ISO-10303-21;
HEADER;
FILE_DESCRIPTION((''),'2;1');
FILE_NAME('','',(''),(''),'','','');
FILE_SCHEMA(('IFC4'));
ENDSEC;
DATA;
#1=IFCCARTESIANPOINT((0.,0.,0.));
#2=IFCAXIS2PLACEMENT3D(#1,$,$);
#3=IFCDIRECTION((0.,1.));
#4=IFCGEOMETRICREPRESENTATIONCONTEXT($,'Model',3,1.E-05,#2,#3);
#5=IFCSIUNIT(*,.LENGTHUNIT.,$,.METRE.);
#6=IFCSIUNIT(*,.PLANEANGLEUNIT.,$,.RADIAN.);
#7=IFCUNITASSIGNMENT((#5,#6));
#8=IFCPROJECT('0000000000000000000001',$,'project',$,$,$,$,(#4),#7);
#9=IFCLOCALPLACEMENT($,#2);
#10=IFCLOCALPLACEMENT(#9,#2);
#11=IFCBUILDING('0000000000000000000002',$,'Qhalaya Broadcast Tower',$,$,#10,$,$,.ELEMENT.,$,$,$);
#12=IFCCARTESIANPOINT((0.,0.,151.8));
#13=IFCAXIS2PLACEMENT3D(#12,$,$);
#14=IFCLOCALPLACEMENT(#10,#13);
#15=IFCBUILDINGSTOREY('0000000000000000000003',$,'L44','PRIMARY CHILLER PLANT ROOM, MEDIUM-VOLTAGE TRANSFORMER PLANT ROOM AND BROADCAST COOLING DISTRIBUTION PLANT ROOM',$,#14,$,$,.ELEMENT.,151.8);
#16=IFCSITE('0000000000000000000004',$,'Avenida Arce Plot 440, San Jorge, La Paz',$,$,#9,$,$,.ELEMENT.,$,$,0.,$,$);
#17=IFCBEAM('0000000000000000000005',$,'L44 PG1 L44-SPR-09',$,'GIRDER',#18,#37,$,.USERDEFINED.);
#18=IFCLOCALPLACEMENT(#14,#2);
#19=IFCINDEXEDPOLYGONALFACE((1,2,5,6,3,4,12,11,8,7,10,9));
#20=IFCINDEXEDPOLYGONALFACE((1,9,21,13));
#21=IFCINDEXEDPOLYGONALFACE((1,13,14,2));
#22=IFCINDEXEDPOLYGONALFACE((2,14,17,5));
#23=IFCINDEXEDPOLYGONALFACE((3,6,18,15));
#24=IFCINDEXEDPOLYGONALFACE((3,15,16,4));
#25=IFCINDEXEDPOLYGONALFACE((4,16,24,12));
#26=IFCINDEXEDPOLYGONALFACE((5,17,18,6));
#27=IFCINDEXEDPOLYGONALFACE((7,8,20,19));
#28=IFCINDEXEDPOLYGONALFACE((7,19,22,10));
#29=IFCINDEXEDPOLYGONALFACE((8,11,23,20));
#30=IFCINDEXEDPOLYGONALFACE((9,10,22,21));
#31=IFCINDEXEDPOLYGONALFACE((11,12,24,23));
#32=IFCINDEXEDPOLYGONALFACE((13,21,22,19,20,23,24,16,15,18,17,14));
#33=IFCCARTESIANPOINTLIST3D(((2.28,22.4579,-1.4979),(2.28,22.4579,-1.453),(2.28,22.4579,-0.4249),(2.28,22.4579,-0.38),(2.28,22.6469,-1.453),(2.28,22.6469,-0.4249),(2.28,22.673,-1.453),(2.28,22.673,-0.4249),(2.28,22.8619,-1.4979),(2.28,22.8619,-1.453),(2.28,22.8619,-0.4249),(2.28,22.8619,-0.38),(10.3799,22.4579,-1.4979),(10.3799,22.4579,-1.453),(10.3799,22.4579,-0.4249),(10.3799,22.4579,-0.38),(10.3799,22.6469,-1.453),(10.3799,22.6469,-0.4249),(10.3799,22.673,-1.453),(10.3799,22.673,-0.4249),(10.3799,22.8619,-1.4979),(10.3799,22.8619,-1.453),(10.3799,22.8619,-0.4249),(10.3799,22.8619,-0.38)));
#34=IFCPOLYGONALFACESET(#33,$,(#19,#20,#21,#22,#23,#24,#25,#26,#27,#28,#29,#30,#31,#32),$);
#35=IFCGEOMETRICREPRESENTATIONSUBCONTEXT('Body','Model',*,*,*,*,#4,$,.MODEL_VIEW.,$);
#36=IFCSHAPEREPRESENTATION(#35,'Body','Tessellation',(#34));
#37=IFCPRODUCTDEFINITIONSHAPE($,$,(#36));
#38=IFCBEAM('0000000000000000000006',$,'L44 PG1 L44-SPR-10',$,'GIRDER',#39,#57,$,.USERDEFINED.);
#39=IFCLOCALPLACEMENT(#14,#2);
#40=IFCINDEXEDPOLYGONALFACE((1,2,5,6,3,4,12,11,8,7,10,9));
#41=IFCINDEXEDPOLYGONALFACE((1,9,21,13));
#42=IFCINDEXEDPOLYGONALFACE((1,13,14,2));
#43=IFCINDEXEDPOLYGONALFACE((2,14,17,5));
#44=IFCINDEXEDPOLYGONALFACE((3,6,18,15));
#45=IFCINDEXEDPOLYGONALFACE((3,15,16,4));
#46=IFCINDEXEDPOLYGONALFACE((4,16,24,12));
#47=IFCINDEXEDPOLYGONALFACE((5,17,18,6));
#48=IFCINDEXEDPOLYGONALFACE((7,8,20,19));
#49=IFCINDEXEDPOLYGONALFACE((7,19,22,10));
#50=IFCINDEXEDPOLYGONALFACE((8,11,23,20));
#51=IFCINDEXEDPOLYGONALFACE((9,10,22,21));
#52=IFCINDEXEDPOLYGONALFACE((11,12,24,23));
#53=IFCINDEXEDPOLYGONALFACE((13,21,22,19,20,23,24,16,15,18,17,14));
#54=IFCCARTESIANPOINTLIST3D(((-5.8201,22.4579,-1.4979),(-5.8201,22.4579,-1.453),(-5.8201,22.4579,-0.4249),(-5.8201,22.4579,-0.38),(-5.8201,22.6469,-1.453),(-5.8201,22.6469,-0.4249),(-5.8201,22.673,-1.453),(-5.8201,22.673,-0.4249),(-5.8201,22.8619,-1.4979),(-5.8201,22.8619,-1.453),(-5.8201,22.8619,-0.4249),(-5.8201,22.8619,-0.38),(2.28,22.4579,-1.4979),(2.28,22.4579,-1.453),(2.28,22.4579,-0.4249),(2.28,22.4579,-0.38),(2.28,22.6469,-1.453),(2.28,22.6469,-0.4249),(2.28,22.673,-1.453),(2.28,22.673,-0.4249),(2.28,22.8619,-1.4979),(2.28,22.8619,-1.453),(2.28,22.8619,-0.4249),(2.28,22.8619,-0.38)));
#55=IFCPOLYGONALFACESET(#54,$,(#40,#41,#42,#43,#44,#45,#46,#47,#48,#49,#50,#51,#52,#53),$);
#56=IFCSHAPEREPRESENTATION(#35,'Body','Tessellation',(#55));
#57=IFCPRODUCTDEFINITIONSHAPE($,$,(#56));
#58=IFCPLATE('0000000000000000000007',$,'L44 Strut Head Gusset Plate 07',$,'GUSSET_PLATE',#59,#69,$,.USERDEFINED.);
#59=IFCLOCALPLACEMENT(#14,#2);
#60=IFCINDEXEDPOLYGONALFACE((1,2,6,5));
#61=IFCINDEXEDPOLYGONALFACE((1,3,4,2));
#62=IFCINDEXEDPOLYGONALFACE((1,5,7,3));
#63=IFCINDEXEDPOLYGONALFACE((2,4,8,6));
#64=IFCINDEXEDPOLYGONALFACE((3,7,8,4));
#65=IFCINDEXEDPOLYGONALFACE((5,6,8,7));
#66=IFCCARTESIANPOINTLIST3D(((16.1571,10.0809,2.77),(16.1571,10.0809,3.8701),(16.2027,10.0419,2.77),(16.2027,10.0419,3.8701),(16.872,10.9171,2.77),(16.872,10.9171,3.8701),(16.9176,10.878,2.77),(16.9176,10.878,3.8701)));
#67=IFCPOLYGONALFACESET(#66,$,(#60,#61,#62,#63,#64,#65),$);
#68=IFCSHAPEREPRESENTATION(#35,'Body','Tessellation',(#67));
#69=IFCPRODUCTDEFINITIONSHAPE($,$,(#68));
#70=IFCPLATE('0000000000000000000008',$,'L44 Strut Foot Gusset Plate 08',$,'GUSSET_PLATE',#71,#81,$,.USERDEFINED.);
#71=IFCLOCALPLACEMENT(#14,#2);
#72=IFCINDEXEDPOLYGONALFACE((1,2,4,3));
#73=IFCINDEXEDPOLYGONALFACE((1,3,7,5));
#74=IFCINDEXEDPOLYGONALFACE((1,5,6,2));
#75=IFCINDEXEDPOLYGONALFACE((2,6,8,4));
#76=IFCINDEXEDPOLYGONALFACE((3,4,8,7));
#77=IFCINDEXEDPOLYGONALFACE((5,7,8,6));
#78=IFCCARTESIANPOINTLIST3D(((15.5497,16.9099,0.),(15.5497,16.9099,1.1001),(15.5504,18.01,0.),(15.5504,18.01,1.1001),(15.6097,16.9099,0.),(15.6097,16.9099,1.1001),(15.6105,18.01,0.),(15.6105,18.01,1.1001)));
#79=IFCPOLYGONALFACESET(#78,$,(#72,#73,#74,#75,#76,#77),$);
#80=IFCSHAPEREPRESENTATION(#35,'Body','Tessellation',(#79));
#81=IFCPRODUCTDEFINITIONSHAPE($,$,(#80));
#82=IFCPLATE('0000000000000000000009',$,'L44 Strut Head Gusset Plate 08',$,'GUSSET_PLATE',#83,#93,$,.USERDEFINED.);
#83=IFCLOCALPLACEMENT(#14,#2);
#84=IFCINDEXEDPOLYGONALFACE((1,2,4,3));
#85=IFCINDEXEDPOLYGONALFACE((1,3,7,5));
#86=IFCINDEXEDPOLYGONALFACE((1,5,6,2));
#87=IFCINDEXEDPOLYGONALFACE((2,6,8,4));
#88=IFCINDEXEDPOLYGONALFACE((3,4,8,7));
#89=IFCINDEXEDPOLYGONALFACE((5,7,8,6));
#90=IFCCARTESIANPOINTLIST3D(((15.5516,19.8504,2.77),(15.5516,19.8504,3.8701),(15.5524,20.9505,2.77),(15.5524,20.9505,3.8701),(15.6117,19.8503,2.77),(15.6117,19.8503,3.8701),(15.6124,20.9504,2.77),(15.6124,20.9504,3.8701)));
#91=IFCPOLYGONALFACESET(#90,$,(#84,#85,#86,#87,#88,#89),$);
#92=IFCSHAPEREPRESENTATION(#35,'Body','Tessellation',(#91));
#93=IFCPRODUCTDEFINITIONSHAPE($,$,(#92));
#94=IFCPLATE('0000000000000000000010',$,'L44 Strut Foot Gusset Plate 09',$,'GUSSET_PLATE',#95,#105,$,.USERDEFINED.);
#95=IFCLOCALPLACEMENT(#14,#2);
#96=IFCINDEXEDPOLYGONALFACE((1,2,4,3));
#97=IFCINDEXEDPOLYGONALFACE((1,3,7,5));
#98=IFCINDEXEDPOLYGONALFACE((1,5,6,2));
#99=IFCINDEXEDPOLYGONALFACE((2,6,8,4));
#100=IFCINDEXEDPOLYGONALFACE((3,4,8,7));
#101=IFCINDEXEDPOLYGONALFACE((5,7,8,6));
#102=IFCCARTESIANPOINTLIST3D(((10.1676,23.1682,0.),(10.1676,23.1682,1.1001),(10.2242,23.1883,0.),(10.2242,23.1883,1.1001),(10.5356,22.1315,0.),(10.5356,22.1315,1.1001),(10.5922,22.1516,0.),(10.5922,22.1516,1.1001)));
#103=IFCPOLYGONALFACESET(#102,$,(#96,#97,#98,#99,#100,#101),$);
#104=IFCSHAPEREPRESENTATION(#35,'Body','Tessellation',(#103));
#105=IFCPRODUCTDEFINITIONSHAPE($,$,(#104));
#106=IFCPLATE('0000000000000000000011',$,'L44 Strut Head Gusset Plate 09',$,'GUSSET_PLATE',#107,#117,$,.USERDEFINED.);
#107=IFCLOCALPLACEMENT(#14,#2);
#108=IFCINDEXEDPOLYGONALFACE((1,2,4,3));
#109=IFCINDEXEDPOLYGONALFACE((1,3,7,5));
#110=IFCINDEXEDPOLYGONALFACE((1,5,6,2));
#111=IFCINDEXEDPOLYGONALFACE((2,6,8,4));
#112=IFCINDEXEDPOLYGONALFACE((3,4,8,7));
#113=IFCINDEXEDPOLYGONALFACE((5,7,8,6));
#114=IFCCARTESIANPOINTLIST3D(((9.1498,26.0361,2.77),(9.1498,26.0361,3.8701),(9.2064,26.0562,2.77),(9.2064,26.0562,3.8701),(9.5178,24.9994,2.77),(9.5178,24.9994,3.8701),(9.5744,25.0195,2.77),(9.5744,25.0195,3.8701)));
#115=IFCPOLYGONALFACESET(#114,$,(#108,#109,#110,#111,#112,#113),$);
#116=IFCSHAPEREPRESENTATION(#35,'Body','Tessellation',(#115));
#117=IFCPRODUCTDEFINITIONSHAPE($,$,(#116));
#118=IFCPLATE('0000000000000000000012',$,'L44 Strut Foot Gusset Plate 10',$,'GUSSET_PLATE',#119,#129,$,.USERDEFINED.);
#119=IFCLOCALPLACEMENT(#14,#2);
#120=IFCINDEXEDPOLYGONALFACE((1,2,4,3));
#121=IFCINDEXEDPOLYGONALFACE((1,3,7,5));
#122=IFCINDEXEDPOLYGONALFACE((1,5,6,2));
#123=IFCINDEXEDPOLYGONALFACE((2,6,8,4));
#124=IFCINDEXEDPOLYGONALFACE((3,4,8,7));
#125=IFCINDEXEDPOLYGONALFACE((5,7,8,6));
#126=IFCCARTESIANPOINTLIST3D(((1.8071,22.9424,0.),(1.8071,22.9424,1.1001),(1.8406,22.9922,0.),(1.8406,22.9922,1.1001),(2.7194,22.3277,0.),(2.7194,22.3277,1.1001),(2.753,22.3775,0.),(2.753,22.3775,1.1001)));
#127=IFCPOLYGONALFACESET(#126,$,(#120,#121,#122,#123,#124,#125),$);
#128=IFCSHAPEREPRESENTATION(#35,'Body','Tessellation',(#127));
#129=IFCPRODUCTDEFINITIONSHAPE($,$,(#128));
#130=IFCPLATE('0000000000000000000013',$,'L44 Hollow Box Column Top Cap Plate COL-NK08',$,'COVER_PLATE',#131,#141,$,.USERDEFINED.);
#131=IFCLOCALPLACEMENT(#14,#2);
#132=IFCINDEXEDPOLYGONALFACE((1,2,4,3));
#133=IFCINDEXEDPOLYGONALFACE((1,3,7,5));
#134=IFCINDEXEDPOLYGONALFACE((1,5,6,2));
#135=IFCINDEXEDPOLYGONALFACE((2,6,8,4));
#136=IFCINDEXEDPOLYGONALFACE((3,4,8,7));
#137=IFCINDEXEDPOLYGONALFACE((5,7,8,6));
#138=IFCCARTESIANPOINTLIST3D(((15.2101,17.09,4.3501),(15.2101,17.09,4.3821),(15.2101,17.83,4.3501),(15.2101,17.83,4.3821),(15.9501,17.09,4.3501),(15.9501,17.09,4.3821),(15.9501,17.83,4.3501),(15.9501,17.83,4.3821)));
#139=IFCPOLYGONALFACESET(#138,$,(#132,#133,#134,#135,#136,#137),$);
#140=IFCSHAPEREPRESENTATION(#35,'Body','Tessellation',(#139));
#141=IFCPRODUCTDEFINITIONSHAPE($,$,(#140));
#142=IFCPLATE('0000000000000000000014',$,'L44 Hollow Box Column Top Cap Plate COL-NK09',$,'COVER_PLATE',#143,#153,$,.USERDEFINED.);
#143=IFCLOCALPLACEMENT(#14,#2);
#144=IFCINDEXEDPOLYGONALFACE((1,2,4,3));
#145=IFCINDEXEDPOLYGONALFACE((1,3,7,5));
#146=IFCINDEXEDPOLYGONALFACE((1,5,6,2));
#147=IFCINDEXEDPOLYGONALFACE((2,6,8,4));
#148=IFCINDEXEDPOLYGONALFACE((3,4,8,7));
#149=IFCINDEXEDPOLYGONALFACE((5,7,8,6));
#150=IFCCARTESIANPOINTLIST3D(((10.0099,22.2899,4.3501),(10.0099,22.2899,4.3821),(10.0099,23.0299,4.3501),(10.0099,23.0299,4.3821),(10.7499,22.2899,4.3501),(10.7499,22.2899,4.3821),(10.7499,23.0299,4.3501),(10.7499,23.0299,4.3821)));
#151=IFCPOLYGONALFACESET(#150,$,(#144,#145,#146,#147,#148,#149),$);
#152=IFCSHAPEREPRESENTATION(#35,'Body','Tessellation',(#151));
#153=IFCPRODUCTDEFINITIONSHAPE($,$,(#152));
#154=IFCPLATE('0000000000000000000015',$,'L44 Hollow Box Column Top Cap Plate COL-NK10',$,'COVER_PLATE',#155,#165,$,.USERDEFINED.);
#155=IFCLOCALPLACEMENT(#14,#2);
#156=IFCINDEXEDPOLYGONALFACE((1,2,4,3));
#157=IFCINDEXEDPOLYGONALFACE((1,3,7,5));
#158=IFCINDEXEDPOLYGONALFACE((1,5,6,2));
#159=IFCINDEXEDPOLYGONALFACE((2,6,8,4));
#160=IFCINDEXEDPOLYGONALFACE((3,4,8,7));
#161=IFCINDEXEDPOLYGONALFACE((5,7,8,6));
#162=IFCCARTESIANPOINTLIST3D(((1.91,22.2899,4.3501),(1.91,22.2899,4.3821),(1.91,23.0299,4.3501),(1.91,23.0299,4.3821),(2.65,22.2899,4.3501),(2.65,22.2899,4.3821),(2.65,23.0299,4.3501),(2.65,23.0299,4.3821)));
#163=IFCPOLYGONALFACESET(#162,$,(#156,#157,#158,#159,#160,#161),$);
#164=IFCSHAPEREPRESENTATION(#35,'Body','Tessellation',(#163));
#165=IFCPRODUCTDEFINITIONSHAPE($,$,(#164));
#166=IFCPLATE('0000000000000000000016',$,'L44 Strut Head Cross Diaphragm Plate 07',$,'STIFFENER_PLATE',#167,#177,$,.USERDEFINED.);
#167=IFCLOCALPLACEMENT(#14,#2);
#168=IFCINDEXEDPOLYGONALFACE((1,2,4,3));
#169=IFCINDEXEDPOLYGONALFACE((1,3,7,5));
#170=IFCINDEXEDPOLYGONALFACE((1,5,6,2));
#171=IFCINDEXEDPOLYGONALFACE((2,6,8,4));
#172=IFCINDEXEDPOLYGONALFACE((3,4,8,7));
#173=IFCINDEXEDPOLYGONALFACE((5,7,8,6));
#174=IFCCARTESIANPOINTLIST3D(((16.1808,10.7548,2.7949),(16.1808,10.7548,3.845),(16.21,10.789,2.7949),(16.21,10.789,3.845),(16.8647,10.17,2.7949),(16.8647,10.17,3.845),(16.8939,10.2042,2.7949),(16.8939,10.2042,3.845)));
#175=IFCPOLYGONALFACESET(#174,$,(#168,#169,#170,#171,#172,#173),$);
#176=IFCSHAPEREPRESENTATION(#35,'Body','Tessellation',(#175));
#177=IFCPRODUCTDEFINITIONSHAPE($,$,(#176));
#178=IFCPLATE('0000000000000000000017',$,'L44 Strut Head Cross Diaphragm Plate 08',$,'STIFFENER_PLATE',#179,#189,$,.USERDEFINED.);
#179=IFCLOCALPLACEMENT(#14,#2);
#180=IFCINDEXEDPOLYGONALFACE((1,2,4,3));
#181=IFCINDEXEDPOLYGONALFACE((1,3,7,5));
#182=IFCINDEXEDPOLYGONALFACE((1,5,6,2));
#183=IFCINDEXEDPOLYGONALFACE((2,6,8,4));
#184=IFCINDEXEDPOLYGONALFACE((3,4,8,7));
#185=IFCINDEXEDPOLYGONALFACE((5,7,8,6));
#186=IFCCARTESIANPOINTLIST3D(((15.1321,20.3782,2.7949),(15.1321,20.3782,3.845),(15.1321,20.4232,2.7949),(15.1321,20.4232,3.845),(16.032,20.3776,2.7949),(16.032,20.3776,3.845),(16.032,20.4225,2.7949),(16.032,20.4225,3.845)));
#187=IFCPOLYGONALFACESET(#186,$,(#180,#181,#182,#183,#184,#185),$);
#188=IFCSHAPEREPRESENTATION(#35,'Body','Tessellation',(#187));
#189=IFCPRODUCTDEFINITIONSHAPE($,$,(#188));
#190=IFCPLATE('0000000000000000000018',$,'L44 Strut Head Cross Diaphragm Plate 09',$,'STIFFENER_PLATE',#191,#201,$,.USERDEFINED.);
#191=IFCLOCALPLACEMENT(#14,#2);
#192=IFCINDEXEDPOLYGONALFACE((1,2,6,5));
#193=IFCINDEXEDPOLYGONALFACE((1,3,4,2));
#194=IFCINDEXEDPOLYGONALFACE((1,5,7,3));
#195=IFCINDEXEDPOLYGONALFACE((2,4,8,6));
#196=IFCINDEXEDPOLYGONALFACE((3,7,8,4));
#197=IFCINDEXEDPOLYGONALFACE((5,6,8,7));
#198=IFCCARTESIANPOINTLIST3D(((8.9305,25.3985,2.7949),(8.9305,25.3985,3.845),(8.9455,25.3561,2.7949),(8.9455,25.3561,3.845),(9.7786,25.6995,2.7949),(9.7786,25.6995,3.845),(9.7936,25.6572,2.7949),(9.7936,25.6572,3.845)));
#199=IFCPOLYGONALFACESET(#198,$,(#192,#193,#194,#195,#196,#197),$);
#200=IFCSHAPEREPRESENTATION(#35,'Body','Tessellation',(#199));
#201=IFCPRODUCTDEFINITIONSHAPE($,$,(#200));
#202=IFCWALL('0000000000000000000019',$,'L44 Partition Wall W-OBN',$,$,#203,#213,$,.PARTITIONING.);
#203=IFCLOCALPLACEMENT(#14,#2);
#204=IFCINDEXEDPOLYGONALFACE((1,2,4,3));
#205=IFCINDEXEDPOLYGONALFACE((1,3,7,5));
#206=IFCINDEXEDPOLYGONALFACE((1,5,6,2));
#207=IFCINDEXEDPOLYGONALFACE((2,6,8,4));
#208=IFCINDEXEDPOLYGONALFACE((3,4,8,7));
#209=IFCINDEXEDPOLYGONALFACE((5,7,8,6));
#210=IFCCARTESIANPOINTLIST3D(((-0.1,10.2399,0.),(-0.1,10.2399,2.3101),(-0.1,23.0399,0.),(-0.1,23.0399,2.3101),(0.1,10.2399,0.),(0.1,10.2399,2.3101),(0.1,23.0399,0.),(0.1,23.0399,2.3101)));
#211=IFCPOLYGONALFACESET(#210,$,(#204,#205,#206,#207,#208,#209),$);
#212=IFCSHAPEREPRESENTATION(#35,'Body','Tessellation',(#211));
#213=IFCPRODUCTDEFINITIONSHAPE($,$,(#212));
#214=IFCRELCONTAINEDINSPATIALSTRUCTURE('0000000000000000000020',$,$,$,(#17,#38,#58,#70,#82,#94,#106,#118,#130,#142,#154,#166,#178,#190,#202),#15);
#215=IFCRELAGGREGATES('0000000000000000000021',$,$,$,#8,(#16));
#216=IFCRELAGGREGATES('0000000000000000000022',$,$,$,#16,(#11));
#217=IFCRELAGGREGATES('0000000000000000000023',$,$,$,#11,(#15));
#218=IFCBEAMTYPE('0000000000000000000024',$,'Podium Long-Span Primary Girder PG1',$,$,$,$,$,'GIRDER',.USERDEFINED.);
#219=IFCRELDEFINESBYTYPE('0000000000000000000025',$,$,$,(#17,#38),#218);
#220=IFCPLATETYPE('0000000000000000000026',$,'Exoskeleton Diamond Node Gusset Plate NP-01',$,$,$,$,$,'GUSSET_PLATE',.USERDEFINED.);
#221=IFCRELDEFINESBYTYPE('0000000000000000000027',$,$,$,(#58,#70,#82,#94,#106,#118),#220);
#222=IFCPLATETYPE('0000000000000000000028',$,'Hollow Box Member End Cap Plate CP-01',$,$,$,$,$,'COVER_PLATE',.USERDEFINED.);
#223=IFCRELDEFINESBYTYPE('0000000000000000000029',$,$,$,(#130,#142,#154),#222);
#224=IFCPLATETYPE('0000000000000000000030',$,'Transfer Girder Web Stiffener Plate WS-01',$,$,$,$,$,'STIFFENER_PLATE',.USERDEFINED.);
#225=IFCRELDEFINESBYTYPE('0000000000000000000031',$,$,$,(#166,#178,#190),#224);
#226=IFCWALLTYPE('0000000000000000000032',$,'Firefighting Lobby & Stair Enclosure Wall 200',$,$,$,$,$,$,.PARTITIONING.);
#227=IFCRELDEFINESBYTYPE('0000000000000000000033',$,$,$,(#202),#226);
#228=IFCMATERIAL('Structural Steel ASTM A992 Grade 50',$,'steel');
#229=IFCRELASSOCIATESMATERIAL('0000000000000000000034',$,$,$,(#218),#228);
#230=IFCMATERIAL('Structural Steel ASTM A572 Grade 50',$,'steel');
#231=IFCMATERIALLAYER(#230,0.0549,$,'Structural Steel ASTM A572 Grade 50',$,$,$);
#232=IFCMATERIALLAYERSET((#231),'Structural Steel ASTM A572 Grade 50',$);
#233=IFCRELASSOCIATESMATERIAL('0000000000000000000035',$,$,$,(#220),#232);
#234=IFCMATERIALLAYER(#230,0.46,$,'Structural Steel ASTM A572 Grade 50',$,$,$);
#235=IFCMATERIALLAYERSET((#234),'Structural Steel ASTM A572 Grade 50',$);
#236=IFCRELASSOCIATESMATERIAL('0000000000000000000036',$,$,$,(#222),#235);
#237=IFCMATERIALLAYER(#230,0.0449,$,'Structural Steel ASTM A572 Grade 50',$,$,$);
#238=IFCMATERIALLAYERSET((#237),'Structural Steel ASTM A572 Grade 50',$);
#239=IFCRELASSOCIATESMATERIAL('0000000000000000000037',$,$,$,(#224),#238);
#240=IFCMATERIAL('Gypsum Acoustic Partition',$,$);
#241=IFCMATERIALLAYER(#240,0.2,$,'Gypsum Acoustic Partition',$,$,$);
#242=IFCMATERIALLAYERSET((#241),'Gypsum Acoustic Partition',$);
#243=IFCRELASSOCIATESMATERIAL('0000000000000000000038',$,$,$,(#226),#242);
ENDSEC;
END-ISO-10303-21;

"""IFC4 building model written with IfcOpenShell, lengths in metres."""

from ifc_helpers import new_model, si_unit, direction, frame, frame_2d, origin, origin_2d, place, context, subcontext, project, spatial, rectangle, i_section, extrude, material, layer, layer_set, material_profile, profile_set, type_object, element, save


model = new_model("IFC4")

# Units and contexts
model_context = context("Model", 3, precision=1e-05, world=origin(), true_north=direction((0.0, 1.0)))
body_context = subcontext(model_context, "Body", "Model", "MODEL_VIEW")
ifc_project = project(units=[si_unit("LENGTHUNIT", "METRE"), si_unit("PLANEANGLEUNIT", "RADIAN")], contexts=[model_context])

# Site, building, storey
site_placement = place(None, origin())
site = spatial("IfcSite", under=ifc_project, at=site_placement, Name="Avenida Arce Plot 440, San Jorge, La Paz", CompositionType="ELEMENT", RefElevation=0.0)
building_placement = place(site_placement, origin())
building = spatial("IfcBuilding", under=site, at=building_placement, Name="Qhalaya Broadcast Tower", CompositionType="ELEMENT")
storey_placement = place(building_placement, frame((0.0, 0.0, 151.8)))
storey = spatial("IfcBuildingStorey", under=building, at=storey_placement, Name="L44", Description="PRIMARY CHILLER PLANT ROOM, MEDIUM-VOLTAGE TRANSFORMER PLANT ROOM AND BROADCAST COOLING DISTRIBUTION PLANT ROOM", CompositionType="ELEMENT", Elevation=151.8)

# Shared definitions
ifc_material_1 = material(Name="Structural Steel ASTM A572 Grade 50", Category="steel")

# Beams
ifc_material_2 = material(Name="Structural Steel ASTM A992 Grade 50", Category="steel")
ifc_material_profile_1 = material_profile(ifc_material_2, i_section(OverallWidth=0.4041, OverallDepth=1.1179, WebThickness=0.0261, FlangeThickness=0.0449, at=origin_2d()), Name="W44X335")
ifc_profile_set_1 = profile_set([ifc_material_profile_1], Name="Structural Steel ASTM A992 Grade 50")
beam_type_1 = type_object("IfcBeamType", Name="Podium Long-Span Primary Girder PG1", ElementType="GIRDER", PredefinedType="USERDEFINED", material=ifc_profile_set_1)
beam_1_placement = place(storey_placement, frame((10.3799, 22.6599, -0.939), z_axis=(-1.0, 0.0, 0.0), x_axis=(0.0, -1.0, 0.0)))
element("IfcBeam", 1, at=beam_1_placement, inside=storey, type_object=beam_type_1, Name="L44 PG1 L44-SPR-09", ObjectType="GIRDER", PredefinedType="USERDEFINED", context=body_context, shape_type="SweptSolid", body=[
    extrude(i_section(OverallWidth=0.4041, OverallDepth=1.1179, WebThickness=0.0261, FlangeThickness=0.0449, at=origin_2d()), origin(), (0.0, 0.0, 1.0), 8.0999),
])
beam_2_placement = place(storey_placement, frame((2.28, 22.6599, -0.939), z_axis=(-1.0, 0.0, 0.0), x_axis=(0.0, -1.0, 0.0)))
element("IfcBeam", 2, at=beam_2_placement, inside=storey, type_object=beam_type_1, Name="L44 PG1 L44-SPR-10", ObjectType="GIRDER", PredefinedType="USERDEFINED", context=body_context, shape_type="SweptSolid", body=[
    extrude(i_section(OverallWidth=0.4041, OverallDepth=1.1179, WebThickness=0.0261, FlangeThickness=0.0449, at=origin_2d()), origin(), (0.0, 0.0, 1.0), 8.1001),
])

# Plates
ifc_layer_1 = layer(ifc_material_1, 0.0549, Name="Structural Steel ASTM A572 Grade 50")
ifc_layer_set_1 = layer_set([ifc_layer_1], Name="Structural Steel ASTM A572 Grade 50")
plate_type_1 = type_object("IfcPlateType", Name="Exoskeleton Diamond Node Gusset Plate NP-01", ElementType="GUSSET_PLATE", PredefinedType="USERDEFINED", material=ifc_layer_set_1)
for number, where, z_axis, x_axis, name in (
    (3, (16.5374, 10.4795, 2.77), (0.0, 0.0, 1.0), (0.649873, 0.760043, 0.0), "L44 Strut Head Gusset Plate 07"),
    (4, (15.5801, 17.46, 0.0), (0.0, 0.0, 1.0), (0.000681, 1.0, 0.0), "L44 Strut Foot Gusset Plate 08"),
    (5, (15.582, 20.4004, 2.77), (0.0, 0.0, 1.0), (0.000681, 1.0, 0.0), "L44 Strut Head Gusset Plate 08"),
    (6, (10.3799, 22.6599, 0.0), (0.0, 0.0, 1.0), (-0.334531, 0.942385, 0.0), "L44 Strut Foot Gusset Plate 09"),
    (7, (9.3621, 25.5278, 2.77), (0.0, 0.0, 1.0), (-0.334531, 0.942385, 0.0), "L44 Strut Head Gusset Plate 09"),
    (8, (2.28, 22.6599, 0.0), (0.0, 0.0, 1.0), (-0.82933, 0.558759, 0.0), "L44 Strut Foot Gusset Plate 10"),
):
    element("IfcPlate", number, at=place(storey_placement, frame(where, z_axis=z_axis, x_axis=x_axis)), inside=storey, type_object=plate_type_1, Name=name, ObjectType="GUSSET_PLATE", PredefinedType="USERDEFINED", context=body_context, shape_type="SweptSolid", body=[
        extrude(rectangle(XDim=1.1001, YDim=0.0601, at=origin_2d()), origin(), (0.0, 0.0, 1.0), 1.1001),
    ])
ifc_layer_2 = layer(ifc_material_1, 0.46, Name="Structural Steel ASTM A572 Grade 50")
ifc_layer_set_2 = layer_set([ifc_layer_2], Name="Structural Steel ASTM A572 Grade 50")
plate_type_2 = type_object("IfcPlateType", Name="Hollow Box Member End Cap Plate CP-01", ElementType="COVER_PLATE", PredefinedType="USERDEFINED", material=ifc_layer_set_2)
for number, where, z_axis, x_axis, name in (
    (9, (15.5801, 17.46, 4.3501), (0.0, 0.0, 1.0), (0.0, 1.0, 0.0), "L44 Hollow Box Column Top Cap Plate COL-NK08"),
    (10, (10.3799, 22.6599, 4.3501), (0.0, 0.0, 1.0), (1.0, 0.0, 0.0), "L44 Hollow Box Column Top Cap Plate COL-NK09"),
    (11, (2.28, 22.6599, 4.3501), (0.0, 0.0, 1.0), (1.0, 0.0, 0.0), "L44 Hollow Box Column Top Cap Plate COL-NK10"),
):
    element("IfcPlate", number, at=place(storey_placement, frame(where, z_axis=z_axis, x_axis=x_axis)), inside=storey, type_object=plate_type_2, Name=name, ObjectType="COVER_PLATE", PredefinedType="USERDEFINED", context=body_context, shape_type="SweptSolid", body=[
        extrude(rectangle(XDim=0.74, YDim=0.74, at=origin_2d()), origin(), (0.0, 0.0, 1.0), 0.032),
    ])
ifc_layer_3 = layer(ifc_material_1, 0.0449, Name="Structural Steel ASTM A572 Grade 50")
ifc_layer_set_3 = layer_set([ifc_layer_3], Name="Structural Steel ASTM A572 Grade 50")
plate_type_3 = type_object("IfcPlateType", Name="Transfer Girder Web Stiffener Plate WS-01", ElementType="STIFFENER_PLATE", PredefinedType="USERDEFINED", material=ifc_layer_set_3)
for number, where, z_axis, x_axis, name in (
    (12, (16.5374, 10.4795, 2.7949), (0.0, 0.0, 1.0), (-0.760043, 0.649873, 0.0), "L44 Strut Head Cross Diaphragm Plate 07"),
    (13, (15.582, 20.4004, 2.7949), (0.0, 0.0, 1.0), (-1.0, 0.000681, 0.0), "L44 Strut Head Cross Diaphragm Plate 08"),
    (14, (9.3621, 25.5278, 2.7949), (0.0, 0.0, 1.0), (-0.942385, -0.334531, 0.0), "L44 Strut Head Cross Diaphragm Plate 09"),
):
    element("IfcPlate", number, at=place(storey_placement, frame(where, z_axis=z_axis, x_axis=x_axis)), inside=storey, type_object=plate_type_3, Name=name, ObjectType="STIFFENER_PLATE", PredefinedType="USERDEFINED", context=body_context, shape_type="SweptSolid", body=[
        extrude(rectangle(XDim=0.8999, YDim=0.0449, at=origin_2d()), origin(), (0.0, 0.0, 1.0), 1.05),
    ])

# Wall
ifc_material_3 = material(Name="Gypsum Acoustic Partition")
ifc_layer_4 = layer(ifc_material_3, 0.2, Name="Gypsum Acoustic Partition")
ifc_layer_set_4 = layer_set([ifc_layer_4], Name="Gypsum Acoustic Partition")
wall_type_1 = type_object("IfcWallType", Name="Firefighting Lobby & Stair Enclosure Wall 200", PredefinedType="PARTITIONING", material=ifc_layer_set_4)
wall_1_placement = place(storey_placement, frame((0.0, 10.24, 0.0), z_axis=(0.0, 0.0, 1.0), x_axis=(0.0, 1.0, 0.0)))
element("IfcWall", 15, at=wall_1_placement, inside=storey, type_object=wall_type_1, Name="L44 Partition Wall W-OBN", PredefinedType="PARTITIONING", context=body_context, shape_type="SweptSolid", body=[
    extrude(rectangle(XDim=12.8, YDim=0.2, at=frame_2d((6.3999, 0.0))), origin(), (0.0, 0.0, 1.0), 2.3101),
])

save(model, "model.ifc")
